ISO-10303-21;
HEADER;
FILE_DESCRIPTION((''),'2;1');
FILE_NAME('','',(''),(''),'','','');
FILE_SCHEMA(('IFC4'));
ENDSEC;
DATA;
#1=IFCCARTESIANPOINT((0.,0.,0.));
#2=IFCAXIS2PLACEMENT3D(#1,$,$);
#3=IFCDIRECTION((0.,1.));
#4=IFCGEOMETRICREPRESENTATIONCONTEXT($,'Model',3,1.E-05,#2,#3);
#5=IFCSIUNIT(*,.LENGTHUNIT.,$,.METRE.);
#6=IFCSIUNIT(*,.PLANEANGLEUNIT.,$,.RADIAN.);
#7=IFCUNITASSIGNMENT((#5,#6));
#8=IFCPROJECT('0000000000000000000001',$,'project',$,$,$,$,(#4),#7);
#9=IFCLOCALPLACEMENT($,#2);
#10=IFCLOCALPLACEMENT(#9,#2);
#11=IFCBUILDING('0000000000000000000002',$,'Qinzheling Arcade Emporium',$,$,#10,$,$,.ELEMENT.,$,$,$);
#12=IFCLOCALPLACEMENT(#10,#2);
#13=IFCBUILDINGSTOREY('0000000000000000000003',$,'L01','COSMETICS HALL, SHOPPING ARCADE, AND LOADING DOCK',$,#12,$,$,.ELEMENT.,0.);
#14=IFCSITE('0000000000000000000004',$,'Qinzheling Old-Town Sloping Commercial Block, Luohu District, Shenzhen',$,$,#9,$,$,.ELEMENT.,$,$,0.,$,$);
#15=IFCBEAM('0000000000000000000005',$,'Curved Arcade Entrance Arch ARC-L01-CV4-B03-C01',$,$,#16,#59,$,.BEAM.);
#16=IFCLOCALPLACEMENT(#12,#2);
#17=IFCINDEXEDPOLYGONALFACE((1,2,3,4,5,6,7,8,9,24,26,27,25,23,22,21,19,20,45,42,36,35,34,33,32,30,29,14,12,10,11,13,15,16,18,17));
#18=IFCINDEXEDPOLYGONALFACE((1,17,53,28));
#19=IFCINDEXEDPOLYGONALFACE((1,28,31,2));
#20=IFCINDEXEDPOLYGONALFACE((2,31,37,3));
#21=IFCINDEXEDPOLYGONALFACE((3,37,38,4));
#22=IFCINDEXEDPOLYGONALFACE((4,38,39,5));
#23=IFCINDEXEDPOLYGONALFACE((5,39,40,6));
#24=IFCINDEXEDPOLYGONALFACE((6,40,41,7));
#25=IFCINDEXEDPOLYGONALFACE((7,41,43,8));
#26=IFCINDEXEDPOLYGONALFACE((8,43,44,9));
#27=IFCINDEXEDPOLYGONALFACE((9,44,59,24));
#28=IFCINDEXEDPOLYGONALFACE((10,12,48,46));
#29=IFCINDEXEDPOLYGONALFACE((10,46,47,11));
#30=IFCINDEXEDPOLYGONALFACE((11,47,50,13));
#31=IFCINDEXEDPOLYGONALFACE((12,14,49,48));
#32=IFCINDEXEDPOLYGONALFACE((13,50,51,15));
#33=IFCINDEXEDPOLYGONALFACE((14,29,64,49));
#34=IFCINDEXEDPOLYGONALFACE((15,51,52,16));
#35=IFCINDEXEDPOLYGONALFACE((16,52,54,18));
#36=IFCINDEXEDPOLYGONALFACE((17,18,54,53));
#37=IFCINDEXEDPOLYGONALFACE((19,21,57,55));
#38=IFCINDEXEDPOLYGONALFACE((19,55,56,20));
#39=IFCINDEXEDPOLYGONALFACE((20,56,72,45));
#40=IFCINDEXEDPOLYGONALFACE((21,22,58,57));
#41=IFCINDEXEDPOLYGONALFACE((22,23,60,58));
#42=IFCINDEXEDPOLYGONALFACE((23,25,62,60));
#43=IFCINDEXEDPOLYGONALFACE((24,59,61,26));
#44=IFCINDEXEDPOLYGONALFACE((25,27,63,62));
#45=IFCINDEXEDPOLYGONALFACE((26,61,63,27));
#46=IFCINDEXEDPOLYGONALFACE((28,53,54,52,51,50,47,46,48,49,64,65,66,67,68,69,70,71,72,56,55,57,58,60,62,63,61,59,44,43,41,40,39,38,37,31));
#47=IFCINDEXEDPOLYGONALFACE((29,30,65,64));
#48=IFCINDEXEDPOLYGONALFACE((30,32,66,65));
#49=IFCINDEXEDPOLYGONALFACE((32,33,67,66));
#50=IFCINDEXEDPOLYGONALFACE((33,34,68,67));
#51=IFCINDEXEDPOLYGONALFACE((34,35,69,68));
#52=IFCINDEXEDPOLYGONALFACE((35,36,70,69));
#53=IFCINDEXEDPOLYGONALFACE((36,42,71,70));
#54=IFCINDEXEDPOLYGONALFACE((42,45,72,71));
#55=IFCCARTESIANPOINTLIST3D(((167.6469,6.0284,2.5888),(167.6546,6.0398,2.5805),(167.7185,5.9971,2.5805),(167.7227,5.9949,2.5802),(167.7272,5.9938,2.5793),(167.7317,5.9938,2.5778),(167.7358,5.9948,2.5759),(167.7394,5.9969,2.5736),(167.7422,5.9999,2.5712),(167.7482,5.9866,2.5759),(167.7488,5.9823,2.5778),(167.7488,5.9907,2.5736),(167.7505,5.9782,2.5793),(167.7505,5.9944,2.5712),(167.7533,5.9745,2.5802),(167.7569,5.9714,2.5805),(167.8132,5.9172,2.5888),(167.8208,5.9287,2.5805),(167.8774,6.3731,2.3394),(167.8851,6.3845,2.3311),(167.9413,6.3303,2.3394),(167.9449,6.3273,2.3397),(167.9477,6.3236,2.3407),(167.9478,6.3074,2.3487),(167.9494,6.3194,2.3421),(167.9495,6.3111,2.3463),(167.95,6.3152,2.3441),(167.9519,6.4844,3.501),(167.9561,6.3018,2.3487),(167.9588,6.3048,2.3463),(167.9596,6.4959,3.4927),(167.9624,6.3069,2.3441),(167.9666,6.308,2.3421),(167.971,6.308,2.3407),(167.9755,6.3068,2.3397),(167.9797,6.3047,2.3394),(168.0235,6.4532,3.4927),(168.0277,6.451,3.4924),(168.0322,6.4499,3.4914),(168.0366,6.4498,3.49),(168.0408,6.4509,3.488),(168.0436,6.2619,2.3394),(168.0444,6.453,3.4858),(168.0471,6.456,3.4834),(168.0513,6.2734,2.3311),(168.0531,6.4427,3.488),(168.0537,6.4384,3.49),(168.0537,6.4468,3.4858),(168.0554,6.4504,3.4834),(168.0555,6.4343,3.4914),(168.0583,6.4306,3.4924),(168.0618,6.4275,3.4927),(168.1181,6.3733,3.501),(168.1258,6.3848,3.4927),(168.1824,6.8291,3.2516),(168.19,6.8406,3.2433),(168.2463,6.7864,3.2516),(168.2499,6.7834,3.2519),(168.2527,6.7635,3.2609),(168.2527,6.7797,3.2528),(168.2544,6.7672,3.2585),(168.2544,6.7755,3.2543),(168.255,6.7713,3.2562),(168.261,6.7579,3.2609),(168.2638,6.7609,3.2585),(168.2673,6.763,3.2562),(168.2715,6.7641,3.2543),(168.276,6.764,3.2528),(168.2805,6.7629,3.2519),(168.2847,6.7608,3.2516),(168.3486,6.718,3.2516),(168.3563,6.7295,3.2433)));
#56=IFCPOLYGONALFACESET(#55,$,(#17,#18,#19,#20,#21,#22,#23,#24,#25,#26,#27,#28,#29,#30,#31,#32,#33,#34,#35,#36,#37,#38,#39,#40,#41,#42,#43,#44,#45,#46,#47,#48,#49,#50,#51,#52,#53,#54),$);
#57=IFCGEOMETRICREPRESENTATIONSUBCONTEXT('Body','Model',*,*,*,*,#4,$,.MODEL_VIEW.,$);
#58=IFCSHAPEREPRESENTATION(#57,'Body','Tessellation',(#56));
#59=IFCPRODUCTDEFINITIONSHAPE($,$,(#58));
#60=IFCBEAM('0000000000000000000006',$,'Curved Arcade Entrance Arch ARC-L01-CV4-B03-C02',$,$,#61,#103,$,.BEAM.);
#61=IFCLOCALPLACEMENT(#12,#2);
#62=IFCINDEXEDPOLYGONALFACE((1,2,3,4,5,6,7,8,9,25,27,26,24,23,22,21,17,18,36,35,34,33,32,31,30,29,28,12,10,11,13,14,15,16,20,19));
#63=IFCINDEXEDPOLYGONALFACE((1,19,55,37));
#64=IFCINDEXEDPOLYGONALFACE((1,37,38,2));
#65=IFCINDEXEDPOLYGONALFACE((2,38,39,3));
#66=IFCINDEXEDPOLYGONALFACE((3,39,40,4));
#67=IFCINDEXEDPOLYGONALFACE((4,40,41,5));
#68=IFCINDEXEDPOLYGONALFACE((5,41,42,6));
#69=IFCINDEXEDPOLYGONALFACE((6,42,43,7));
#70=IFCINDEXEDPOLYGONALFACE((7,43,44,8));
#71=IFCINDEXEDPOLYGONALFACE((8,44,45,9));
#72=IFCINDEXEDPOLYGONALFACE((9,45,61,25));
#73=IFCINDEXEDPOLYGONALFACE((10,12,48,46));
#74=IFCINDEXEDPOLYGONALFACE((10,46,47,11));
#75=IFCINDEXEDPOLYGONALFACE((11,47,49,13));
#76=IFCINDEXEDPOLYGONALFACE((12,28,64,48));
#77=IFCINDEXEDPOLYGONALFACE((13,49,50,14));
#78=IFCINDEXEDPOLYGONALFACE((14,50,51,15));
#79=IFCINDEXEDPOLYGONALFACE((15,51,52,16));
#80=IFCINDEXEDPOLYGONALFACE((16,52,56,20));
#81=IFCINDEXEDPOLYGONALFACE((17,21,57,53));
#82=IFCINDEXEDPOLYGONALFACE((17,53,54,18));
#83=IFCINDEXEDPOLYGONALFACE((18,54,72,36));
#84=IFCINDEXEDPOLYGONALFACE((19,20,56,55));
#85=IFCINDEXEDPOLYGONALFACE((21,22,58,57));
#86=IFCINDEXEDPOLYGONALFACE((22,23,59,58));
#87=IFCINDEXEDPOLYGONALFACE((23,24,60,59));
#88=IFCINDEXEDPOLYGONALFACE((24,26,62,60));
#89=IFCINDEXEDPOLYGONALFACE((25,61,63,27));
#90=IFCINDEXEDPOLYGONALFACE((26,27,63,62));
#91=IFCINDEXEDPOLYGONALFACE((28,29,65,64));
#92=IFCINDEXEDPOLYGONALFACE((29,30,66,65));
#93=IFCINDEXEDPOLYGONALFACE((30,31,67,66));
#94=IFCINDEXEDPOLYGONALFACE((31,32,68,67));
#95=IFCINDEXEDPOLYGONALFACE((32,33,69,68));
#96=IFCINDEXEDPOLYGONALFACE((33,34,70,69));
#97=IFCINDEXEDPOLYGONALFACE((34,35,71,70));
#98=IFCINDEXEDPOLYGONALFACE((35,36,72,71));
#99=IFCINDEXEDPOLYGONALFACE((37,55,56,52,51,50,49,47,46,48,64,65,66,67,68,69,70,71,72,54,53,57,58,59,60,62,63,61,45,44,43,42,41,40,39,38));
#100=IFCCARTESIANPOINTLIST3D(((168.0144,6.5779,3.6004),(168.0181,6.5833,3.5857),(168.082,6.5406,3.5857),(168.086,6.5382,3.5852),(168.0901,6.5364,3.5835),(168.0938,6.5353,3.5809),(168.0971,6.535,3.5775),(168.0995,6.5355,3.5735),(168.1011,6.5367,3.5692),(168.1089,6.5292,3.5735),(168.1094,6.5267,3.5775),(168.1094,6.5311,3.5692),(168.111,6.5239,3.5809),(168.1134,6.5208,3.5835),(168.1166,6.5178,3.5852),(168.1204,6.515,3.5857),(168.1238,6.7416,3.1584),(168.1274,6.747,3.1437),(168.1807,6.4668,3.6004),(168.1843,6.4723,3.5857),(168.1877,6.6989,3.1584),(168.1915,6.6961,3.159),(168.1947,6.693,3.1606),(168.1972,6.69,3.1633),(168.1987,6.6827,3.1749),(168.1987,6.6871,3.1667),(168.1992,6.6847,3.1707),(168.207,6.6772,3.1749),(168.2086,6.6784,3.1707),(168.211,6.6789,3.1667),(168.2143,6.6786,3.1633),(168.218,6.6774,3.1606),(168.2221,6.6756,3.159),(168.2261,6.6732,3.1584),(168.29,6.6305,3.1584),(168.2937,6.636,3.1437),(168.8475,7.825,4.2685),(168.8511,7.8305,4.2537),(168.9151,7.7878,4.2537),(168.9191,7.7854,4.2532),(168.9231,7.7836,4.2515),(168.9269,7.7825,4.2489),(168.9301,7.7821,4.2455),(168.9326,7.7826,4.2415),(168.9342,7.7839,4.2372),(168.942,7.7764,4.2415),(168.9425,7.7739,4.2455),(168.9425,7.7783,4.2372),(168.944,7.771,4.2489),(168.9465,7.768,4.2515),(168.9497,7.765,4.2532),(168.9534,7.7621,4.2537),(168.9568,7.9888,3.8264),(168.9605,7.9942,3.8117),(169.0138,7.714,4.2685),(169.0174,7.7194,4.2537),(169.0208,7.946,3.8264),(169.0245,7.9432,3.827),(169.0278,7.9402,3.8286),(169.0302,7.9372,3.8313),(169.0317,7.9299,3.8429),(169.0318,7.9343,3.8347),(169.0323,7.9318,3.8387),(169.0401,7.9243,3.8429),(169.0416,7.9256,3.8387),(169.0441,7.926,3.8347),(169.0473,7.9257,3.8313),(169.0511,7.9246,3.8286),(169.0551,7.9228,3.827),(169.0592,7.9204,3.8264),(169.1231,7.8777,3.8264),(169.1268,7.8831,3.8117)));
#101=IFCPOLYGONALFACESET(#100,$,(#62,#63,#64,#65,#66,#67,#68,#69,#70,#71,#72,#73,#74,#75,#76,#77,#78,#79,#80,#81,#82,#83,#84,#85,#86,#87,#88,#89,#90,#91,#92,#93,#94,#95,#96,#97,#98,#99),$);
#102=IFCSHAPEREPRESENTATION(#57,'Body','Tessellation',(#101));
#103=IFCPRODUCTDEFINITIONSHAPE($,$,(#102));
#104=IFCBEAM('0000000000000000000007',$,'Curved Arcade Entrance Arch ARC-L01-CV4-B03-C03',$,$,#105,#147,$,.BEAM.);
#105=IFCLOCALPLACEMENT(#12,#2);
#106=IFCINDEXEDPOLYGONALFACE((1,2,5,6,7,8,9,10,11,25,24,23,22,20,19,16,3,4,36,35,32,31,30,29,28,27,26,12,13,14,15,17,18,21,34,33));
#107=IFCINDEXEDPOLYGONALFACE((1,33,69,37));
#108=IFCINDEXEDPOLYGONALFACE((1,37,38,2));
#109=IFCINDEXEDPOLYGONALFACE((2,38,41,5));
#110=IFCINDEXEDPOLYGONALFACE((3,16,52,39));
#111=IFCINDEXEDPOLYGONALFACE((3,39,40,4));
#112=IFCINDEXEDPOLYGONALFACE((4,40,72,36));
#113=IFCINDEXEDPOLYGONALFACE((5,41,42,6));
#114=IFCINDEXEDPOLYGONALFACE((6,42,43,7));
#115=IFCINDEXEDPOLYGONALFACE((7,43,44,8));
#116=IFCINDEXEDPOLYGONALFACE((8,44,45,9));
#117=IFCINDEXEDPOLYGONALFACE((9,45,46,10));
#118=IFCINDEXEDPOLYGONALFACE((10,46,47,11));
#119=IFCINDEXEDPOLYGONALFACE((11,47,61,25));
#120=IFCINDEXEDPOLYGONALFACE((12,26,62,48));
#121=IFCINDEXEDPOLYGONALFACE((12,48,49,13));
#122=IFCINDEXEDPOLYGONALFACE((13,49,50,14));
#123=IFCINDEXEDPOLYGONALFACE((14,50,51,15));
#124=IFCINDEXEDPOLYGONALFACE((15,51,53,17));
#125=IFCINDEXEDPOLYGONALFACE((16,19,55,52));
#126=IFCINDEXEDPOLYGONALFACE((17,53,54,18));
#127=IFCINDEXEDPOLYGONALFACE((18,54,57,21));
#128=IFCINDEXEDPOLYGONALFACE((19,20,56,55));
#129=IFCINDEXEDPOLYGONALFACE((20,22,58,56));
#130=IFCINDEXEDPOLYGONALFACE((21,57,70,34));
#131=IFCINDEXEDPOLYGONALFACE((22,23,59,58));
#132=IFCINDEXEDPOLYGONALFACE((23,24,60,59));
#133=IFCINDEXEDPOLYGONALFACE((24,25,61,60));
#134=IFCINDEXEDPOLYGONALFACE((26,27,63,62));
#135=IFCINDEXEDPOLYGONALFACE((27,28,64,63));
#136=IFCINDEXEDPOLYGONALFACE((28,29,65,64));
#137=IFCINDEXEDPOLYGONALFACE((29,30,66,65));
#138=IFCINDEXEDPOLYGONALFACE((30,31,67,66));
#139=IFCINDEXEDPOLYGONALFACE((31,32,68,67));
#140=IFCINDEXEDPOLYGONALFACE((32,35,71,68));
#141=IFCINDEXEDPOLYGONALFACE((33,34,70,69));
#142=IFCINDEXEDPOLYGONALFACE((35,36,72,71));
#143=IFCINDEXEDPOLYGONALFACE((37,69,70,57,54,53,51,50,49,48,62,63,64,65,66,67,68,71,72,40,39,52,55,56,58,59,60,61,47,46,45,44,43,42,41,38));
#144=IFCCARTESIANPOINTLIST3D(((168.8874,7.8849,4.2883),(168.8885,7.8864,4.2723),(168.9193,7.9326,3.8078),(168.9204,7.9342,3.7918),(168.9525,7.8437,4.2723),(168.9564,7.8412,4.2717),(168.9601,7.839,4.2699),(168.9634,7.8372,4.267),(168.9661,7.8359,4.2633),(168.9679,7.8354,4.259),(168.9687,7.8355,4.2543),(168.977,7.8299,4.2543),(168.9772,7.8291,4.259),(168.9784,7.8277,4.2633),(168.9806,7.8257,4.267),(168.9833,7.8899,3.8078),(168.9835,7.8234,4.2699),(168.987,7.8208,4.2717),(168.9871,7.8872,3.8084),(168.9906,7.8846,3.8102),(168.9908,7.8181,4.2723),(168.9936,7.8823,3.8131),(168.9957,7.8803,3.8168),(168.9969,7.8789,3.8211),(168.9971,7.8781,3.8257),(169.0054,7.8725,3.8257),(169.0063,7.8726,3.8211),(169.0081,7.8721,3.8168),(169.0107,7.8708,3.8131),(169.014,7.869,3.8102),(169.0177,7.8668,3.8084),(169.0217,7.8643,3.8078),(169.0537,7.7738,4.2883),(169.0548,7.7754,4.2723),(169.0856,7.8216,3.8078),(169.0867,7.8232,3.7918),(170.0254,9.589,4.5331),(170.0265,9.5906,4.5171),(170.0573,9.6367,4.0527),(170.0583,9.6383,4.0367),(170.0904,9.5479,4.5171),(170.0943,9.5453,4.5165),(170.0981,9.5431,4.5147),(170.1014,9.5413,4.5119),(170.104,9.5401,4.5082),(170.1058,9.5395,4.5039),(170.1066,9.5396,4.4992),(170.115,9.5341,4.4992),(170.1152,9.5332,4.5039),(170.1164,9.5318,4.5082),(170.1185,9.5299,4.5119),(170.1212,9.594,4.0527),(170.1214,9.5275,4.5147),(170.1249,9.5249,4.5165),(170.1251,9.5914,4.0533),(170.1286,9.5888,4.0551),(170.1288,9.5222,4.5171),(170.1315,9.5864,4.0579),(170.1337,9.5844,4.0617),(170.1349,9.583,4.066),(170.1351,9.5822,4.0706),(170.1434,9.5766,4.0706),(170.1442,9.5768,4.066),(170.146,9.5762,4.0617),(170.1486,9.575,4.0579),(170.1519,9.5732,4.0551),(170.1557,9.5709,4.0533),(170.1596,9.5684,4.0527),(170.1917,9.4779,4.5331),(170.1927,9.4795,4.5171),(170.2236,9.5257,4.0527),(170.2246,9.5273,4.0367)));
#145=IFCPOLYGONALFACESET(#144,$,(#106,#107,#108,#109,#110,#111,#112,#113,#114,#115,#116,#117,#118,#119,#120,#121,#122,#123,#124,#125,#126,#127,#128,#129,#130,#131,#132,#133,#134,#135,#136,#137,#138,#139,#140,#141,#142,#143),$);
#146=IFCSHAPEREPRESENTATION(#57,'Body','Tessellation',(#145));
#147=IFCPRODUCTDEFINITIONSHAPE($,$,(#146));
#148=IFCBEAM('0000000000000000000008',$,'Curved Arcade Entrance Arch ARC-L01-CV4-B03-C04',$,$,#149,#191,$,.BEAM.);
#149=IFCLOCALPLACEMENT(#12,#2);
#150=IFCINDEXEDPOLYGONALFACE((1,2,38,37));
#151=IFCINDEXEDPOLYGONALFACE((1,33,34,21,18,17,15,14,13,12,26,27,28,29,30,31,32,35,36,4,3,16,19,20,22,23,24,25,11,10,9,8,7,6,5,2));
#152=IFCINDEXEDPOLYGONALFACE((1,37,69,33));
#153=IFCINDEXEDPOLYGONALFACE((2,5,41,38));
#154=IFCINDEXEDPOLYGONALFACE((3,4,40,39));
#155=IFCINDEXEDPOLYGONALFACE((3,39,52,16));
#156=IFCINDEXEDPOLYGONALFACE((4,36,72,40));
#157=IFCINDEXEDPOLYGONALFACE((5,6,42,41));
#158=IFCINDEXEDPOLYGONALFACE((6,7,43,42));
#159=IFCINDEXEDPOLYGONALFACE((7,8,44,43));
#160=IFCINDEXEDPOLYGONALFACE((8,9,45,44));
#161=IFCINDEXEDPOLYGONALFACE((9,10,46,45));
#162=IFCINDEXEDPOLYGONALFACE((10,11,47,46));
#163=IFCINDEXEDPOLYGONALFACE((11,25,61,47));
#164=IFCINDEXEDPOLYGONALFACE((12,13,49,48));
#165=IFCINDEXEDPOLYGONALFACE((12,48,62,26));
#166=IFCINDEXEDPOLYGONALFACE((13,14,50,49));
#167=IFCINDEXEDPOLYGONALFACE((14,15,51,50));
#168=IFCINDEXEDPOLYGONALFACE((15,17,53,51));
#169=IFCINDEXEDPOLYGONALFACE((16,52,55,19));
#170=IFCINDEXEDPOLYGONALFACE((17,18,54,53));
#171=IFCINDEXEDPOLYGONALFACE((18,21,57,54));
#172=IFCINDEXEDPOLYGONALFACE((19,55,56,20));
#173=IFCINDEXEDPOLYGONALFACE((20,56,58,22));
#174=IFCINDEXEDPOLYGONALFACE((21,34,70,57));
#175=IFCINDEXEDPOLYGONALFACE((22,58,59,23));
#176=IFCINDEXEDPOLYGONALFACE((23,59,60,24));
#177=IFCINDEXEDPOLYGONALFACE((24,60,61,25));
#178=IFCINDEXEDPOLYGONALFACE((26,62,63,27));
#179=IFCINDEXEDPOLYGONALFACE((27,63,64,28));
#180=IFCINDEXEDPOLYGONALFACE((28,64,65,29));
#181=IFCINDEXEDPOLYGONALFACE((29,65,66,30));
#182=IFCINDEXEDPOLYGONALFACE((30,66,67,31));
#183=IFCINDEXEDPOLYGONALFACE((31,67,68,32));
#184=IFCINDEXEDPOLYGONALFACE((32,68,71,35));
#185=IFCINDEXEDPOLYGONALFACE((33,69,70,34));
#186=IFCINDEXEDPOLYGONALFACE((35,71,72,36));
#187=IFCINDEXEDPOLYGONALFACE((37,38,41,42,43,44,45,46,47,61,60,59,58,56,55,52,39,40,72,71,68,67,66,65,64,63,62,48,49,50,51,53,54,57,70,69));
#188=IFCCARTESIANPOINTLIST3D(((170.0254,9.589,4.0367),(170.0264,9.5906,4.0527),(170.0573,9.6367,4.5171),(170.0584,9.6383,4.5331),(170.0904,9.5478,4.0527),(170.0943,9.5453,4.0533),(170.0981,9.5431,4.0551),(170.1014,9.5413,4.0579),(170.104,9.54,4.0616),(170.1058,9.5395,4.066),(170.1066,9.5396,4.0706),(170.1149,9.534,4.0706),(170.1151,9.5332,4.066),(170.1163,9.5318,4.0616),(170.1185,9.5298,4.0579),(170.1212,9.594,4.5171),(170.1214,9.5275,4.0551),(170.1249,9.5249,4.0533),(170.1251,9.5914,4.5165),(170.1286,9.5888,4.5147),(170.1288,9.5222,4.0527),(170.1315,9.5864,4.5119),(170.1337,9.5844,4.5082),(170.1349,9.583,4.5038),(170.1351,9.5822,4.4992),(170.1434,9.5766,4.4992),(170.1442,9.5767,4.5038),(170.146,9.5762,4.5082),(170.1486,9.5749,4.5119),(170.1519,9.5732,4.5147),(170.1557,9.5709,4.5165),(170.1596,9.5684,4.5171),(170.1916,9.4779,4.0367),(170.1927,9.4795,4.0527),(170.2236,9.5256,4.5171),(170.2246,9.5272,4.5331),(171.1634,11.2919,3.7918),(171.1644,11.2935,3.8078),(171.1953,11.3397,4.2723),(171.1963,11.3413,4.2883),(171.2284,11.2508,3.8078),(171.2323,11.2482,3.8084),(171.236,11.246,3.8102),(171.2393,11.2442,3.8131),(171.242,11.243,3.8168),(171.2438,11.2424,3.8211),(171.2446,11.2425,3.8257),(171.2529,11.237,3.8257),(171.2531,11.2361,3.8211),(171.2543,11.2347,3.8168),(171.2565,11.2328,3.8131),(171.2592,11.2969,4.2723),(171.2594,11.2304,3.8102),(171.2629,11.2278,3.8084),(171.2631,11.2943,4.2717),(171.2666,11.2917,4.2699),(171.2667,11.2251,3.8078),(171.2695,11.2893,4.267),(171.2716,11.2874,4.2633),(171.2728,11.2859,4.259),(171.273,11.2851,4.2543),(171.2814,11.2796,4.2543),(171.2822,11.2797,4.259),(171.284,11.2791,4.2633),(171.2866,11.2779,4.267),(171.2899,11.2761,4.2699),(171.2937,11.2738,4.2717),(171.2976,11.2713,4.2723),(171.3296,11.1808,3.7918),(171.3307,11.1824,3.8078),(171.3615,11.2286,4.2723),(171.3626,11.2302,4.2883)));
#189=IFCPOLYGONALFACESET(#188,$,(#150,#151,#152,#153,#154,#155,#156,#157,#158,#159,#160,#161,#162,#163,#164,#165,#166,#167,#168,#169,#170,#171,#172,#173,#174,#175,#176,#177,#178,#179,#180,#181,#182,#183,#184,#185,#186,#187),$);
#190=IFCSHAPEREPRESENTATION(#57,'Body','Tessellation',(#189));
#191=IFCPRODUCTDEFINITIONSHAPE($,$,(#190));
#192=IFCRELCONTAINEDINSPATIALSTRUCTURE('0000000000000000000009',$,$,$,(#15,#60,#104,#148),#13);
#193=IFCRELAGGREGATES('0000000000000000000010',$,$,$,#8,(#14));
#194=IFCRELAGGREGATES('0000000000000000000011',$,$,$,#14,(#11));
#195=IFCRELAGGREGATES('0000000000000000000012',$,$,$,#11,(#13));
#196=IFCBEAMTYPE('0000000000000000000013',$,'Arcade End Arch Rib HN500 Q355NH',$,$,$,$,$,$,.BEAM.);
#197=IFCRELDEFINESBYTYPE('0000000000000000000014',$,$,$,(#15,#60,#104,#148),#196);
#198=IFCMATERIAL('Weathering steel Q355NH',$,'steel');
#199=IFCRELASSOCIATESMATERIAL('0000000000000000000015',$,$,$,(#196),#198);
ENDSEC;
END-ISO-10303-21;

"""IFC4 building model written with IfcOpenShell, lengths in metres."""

from ifc_helpers import new_model, si_unit, direction, frame, origin, origin_2d, place, context, subcontext, project, spatial, i_section, extrude, material, material_profile, profile_set, type_object, element, save


model = new_model("IFC4")

# Units and contexts
model_context = context("Model", 3, precision=1e-05, world=origin(), true_north=direction((0.0, 1.0)))
body_context = subcontext(model_context, "Body", "Model", "MODEL_VIEW")
ifc_project = project(units=[si_unit("LENGTHUNIT", "METRE"), si_unit("PLANEANGLEUNIT", "RADIAN")], contexts=[model_context])

# Site, building, storey
site_placement = place(None, origin())
site = spatial("IfcSite", under=ifc_project, at=site_placement, Name="Qinzheling Old-Town Sloping Commercial Block, Luohu District, Shenzhen", CompositionType="ELEMENT", RefElevation=0.0)
building_placement = place(site_placement, origin())
building = spatial("IfcBuilding", under=site, at=building_placement, Name="Qinzheling Arcade Emporium", CompositionType="ELEMENT")
storey_placement = place(building_placement, origin())
storey = spatial("IfcBuildingStorey", under=building, at=storey_placement, Name="L01", Description="COSMETICS HALL, SHOPPING ARCADE, AND LOADING DOCK", CompositionType="ELEMENT", Elevation=0.0)

# Beams
ifc_material_1 = material(Name="Weathering steel Q355NH", Category="steel")
ifc_material_profile_1 = material_profile(ifc_material_1, i_section(OverallWidth=0.2, OverallDepth=0.5, WebThickness=0.01, FlangeThickness=0.0161, FilletRadius=0.0181, at=origin_2d()), Name="HN 500x200x10x16", Category="steel")
ifc_profile_set_1 = profile_set([ifc_material_profile_1], Name="Weathering steel Q355NH")
beam_type_1 = type_object("IfcBeamType", Name="Arcade End Arch Rib HN500 Q355NH", PredefinedType="BEAM", material=ifc_profile_set_1)
for number, where, z_axis, x_axis, name in (
    (1, (167.8491, 6.1509, 2.46), (0.286487, 0.428468, 0.856937), (-0.831296, 0.555829, 0.0), "Curved Arcade Entrance Arch ARC-L01-CV4-B03-C01"),
):
    element("IfcBeam", number, at=place(storey_placement, frame(where, z_axis=z_axis, x_axis=x_axis)), inside=storey, type_object=beam_type_1, Name=name, PredefinedType="BEAM", context=body_context, shape_type="SweptSolid", body=[
        extrude(i_section(OverallWidth=0.2, OverallDepth=0.5, WebThickness=0.01, FlangeThickness=0.0161, FilletRadius=0.0181, at=origin_2d()), origin(), (0.0, 0.0, 1.0), 1.0645),
    ])
beam_1_placement = place(storey_placement, frame((168.1541, 6.6069, 3.3721), z_axis=(0.507397, 0.759609, 0.406869), x_axis=(-0.831549, 0.555451, 0.0)))
element("IfcBeam", 2, at=beam_1_placement, inside=storey, type_object=beam_type_1, Name="Curved Arcade Entrance Arch ARC-L01-CV4-B03-C02", PredefinedType="BEAM", context=body_context, shape_type="SweptSolid", body=[
    extrude(i_section(OverallWidth=0.2, OverallDepth=0.5, WebThickness=0.01, FlangeThickness=0.0161, FilletRadius=0.0181, at=origin_2d()), origin(), (0.0, 0.0, 1.0), 1.6418),
])
beam_2_placement = place(storey_placement, frame((168.9871, 7.854, 4.04), z_axis=(0.551409, 0.825753, 0.118658), x_axis=(-0.831628, 0.555332, 0.0)))
element("IfcBeam", 3, at=beam_2_placement, inside=storey, type_object=beam_type_1, Name="Curved Arcade Entrance Arch ARC-L01-CV4-B03-C03", PredefinedType="BEAM", context=body_context, shape_type="SweptSolid", body=[
    extrude(i_section(OverallWidth=0.2, OverallDepth=0.5, WebThickness=0.01, FlangeThickness=0.0161, FilletRadius=0.0181, at=origin_2d()), origin(), (0.0, 0.0, 1.0), 2.0637),
])
beam_3_placement = place(storey_placement, frame((170.125, 9.5581, 4.2849), z_axis=(0.551679, 0.825565, -0.118716), x_axis=(-0.831445, 0.555608, 0.0)))
element("IfcBeam", 4, at=beam_3_placement, inside=storey, type_object=beam_type_1, Name="Curved Arcade Entrance Arch ARC-L01-CV4-B03-C04", PredefinedType="BEAM", context=body_context, shape_type="SweptSolid", body=[
    extrude(i_section(OverallWidth=0.2, OverallDepth=0.5, WebThickness=0.01, FlangeThickness=0.0161, FilletRadius=0.0181, at=origin_2d()), origin(), (0.0, 0.0, 1.0), 2.0627),
])

save(model, "model.ifc")
